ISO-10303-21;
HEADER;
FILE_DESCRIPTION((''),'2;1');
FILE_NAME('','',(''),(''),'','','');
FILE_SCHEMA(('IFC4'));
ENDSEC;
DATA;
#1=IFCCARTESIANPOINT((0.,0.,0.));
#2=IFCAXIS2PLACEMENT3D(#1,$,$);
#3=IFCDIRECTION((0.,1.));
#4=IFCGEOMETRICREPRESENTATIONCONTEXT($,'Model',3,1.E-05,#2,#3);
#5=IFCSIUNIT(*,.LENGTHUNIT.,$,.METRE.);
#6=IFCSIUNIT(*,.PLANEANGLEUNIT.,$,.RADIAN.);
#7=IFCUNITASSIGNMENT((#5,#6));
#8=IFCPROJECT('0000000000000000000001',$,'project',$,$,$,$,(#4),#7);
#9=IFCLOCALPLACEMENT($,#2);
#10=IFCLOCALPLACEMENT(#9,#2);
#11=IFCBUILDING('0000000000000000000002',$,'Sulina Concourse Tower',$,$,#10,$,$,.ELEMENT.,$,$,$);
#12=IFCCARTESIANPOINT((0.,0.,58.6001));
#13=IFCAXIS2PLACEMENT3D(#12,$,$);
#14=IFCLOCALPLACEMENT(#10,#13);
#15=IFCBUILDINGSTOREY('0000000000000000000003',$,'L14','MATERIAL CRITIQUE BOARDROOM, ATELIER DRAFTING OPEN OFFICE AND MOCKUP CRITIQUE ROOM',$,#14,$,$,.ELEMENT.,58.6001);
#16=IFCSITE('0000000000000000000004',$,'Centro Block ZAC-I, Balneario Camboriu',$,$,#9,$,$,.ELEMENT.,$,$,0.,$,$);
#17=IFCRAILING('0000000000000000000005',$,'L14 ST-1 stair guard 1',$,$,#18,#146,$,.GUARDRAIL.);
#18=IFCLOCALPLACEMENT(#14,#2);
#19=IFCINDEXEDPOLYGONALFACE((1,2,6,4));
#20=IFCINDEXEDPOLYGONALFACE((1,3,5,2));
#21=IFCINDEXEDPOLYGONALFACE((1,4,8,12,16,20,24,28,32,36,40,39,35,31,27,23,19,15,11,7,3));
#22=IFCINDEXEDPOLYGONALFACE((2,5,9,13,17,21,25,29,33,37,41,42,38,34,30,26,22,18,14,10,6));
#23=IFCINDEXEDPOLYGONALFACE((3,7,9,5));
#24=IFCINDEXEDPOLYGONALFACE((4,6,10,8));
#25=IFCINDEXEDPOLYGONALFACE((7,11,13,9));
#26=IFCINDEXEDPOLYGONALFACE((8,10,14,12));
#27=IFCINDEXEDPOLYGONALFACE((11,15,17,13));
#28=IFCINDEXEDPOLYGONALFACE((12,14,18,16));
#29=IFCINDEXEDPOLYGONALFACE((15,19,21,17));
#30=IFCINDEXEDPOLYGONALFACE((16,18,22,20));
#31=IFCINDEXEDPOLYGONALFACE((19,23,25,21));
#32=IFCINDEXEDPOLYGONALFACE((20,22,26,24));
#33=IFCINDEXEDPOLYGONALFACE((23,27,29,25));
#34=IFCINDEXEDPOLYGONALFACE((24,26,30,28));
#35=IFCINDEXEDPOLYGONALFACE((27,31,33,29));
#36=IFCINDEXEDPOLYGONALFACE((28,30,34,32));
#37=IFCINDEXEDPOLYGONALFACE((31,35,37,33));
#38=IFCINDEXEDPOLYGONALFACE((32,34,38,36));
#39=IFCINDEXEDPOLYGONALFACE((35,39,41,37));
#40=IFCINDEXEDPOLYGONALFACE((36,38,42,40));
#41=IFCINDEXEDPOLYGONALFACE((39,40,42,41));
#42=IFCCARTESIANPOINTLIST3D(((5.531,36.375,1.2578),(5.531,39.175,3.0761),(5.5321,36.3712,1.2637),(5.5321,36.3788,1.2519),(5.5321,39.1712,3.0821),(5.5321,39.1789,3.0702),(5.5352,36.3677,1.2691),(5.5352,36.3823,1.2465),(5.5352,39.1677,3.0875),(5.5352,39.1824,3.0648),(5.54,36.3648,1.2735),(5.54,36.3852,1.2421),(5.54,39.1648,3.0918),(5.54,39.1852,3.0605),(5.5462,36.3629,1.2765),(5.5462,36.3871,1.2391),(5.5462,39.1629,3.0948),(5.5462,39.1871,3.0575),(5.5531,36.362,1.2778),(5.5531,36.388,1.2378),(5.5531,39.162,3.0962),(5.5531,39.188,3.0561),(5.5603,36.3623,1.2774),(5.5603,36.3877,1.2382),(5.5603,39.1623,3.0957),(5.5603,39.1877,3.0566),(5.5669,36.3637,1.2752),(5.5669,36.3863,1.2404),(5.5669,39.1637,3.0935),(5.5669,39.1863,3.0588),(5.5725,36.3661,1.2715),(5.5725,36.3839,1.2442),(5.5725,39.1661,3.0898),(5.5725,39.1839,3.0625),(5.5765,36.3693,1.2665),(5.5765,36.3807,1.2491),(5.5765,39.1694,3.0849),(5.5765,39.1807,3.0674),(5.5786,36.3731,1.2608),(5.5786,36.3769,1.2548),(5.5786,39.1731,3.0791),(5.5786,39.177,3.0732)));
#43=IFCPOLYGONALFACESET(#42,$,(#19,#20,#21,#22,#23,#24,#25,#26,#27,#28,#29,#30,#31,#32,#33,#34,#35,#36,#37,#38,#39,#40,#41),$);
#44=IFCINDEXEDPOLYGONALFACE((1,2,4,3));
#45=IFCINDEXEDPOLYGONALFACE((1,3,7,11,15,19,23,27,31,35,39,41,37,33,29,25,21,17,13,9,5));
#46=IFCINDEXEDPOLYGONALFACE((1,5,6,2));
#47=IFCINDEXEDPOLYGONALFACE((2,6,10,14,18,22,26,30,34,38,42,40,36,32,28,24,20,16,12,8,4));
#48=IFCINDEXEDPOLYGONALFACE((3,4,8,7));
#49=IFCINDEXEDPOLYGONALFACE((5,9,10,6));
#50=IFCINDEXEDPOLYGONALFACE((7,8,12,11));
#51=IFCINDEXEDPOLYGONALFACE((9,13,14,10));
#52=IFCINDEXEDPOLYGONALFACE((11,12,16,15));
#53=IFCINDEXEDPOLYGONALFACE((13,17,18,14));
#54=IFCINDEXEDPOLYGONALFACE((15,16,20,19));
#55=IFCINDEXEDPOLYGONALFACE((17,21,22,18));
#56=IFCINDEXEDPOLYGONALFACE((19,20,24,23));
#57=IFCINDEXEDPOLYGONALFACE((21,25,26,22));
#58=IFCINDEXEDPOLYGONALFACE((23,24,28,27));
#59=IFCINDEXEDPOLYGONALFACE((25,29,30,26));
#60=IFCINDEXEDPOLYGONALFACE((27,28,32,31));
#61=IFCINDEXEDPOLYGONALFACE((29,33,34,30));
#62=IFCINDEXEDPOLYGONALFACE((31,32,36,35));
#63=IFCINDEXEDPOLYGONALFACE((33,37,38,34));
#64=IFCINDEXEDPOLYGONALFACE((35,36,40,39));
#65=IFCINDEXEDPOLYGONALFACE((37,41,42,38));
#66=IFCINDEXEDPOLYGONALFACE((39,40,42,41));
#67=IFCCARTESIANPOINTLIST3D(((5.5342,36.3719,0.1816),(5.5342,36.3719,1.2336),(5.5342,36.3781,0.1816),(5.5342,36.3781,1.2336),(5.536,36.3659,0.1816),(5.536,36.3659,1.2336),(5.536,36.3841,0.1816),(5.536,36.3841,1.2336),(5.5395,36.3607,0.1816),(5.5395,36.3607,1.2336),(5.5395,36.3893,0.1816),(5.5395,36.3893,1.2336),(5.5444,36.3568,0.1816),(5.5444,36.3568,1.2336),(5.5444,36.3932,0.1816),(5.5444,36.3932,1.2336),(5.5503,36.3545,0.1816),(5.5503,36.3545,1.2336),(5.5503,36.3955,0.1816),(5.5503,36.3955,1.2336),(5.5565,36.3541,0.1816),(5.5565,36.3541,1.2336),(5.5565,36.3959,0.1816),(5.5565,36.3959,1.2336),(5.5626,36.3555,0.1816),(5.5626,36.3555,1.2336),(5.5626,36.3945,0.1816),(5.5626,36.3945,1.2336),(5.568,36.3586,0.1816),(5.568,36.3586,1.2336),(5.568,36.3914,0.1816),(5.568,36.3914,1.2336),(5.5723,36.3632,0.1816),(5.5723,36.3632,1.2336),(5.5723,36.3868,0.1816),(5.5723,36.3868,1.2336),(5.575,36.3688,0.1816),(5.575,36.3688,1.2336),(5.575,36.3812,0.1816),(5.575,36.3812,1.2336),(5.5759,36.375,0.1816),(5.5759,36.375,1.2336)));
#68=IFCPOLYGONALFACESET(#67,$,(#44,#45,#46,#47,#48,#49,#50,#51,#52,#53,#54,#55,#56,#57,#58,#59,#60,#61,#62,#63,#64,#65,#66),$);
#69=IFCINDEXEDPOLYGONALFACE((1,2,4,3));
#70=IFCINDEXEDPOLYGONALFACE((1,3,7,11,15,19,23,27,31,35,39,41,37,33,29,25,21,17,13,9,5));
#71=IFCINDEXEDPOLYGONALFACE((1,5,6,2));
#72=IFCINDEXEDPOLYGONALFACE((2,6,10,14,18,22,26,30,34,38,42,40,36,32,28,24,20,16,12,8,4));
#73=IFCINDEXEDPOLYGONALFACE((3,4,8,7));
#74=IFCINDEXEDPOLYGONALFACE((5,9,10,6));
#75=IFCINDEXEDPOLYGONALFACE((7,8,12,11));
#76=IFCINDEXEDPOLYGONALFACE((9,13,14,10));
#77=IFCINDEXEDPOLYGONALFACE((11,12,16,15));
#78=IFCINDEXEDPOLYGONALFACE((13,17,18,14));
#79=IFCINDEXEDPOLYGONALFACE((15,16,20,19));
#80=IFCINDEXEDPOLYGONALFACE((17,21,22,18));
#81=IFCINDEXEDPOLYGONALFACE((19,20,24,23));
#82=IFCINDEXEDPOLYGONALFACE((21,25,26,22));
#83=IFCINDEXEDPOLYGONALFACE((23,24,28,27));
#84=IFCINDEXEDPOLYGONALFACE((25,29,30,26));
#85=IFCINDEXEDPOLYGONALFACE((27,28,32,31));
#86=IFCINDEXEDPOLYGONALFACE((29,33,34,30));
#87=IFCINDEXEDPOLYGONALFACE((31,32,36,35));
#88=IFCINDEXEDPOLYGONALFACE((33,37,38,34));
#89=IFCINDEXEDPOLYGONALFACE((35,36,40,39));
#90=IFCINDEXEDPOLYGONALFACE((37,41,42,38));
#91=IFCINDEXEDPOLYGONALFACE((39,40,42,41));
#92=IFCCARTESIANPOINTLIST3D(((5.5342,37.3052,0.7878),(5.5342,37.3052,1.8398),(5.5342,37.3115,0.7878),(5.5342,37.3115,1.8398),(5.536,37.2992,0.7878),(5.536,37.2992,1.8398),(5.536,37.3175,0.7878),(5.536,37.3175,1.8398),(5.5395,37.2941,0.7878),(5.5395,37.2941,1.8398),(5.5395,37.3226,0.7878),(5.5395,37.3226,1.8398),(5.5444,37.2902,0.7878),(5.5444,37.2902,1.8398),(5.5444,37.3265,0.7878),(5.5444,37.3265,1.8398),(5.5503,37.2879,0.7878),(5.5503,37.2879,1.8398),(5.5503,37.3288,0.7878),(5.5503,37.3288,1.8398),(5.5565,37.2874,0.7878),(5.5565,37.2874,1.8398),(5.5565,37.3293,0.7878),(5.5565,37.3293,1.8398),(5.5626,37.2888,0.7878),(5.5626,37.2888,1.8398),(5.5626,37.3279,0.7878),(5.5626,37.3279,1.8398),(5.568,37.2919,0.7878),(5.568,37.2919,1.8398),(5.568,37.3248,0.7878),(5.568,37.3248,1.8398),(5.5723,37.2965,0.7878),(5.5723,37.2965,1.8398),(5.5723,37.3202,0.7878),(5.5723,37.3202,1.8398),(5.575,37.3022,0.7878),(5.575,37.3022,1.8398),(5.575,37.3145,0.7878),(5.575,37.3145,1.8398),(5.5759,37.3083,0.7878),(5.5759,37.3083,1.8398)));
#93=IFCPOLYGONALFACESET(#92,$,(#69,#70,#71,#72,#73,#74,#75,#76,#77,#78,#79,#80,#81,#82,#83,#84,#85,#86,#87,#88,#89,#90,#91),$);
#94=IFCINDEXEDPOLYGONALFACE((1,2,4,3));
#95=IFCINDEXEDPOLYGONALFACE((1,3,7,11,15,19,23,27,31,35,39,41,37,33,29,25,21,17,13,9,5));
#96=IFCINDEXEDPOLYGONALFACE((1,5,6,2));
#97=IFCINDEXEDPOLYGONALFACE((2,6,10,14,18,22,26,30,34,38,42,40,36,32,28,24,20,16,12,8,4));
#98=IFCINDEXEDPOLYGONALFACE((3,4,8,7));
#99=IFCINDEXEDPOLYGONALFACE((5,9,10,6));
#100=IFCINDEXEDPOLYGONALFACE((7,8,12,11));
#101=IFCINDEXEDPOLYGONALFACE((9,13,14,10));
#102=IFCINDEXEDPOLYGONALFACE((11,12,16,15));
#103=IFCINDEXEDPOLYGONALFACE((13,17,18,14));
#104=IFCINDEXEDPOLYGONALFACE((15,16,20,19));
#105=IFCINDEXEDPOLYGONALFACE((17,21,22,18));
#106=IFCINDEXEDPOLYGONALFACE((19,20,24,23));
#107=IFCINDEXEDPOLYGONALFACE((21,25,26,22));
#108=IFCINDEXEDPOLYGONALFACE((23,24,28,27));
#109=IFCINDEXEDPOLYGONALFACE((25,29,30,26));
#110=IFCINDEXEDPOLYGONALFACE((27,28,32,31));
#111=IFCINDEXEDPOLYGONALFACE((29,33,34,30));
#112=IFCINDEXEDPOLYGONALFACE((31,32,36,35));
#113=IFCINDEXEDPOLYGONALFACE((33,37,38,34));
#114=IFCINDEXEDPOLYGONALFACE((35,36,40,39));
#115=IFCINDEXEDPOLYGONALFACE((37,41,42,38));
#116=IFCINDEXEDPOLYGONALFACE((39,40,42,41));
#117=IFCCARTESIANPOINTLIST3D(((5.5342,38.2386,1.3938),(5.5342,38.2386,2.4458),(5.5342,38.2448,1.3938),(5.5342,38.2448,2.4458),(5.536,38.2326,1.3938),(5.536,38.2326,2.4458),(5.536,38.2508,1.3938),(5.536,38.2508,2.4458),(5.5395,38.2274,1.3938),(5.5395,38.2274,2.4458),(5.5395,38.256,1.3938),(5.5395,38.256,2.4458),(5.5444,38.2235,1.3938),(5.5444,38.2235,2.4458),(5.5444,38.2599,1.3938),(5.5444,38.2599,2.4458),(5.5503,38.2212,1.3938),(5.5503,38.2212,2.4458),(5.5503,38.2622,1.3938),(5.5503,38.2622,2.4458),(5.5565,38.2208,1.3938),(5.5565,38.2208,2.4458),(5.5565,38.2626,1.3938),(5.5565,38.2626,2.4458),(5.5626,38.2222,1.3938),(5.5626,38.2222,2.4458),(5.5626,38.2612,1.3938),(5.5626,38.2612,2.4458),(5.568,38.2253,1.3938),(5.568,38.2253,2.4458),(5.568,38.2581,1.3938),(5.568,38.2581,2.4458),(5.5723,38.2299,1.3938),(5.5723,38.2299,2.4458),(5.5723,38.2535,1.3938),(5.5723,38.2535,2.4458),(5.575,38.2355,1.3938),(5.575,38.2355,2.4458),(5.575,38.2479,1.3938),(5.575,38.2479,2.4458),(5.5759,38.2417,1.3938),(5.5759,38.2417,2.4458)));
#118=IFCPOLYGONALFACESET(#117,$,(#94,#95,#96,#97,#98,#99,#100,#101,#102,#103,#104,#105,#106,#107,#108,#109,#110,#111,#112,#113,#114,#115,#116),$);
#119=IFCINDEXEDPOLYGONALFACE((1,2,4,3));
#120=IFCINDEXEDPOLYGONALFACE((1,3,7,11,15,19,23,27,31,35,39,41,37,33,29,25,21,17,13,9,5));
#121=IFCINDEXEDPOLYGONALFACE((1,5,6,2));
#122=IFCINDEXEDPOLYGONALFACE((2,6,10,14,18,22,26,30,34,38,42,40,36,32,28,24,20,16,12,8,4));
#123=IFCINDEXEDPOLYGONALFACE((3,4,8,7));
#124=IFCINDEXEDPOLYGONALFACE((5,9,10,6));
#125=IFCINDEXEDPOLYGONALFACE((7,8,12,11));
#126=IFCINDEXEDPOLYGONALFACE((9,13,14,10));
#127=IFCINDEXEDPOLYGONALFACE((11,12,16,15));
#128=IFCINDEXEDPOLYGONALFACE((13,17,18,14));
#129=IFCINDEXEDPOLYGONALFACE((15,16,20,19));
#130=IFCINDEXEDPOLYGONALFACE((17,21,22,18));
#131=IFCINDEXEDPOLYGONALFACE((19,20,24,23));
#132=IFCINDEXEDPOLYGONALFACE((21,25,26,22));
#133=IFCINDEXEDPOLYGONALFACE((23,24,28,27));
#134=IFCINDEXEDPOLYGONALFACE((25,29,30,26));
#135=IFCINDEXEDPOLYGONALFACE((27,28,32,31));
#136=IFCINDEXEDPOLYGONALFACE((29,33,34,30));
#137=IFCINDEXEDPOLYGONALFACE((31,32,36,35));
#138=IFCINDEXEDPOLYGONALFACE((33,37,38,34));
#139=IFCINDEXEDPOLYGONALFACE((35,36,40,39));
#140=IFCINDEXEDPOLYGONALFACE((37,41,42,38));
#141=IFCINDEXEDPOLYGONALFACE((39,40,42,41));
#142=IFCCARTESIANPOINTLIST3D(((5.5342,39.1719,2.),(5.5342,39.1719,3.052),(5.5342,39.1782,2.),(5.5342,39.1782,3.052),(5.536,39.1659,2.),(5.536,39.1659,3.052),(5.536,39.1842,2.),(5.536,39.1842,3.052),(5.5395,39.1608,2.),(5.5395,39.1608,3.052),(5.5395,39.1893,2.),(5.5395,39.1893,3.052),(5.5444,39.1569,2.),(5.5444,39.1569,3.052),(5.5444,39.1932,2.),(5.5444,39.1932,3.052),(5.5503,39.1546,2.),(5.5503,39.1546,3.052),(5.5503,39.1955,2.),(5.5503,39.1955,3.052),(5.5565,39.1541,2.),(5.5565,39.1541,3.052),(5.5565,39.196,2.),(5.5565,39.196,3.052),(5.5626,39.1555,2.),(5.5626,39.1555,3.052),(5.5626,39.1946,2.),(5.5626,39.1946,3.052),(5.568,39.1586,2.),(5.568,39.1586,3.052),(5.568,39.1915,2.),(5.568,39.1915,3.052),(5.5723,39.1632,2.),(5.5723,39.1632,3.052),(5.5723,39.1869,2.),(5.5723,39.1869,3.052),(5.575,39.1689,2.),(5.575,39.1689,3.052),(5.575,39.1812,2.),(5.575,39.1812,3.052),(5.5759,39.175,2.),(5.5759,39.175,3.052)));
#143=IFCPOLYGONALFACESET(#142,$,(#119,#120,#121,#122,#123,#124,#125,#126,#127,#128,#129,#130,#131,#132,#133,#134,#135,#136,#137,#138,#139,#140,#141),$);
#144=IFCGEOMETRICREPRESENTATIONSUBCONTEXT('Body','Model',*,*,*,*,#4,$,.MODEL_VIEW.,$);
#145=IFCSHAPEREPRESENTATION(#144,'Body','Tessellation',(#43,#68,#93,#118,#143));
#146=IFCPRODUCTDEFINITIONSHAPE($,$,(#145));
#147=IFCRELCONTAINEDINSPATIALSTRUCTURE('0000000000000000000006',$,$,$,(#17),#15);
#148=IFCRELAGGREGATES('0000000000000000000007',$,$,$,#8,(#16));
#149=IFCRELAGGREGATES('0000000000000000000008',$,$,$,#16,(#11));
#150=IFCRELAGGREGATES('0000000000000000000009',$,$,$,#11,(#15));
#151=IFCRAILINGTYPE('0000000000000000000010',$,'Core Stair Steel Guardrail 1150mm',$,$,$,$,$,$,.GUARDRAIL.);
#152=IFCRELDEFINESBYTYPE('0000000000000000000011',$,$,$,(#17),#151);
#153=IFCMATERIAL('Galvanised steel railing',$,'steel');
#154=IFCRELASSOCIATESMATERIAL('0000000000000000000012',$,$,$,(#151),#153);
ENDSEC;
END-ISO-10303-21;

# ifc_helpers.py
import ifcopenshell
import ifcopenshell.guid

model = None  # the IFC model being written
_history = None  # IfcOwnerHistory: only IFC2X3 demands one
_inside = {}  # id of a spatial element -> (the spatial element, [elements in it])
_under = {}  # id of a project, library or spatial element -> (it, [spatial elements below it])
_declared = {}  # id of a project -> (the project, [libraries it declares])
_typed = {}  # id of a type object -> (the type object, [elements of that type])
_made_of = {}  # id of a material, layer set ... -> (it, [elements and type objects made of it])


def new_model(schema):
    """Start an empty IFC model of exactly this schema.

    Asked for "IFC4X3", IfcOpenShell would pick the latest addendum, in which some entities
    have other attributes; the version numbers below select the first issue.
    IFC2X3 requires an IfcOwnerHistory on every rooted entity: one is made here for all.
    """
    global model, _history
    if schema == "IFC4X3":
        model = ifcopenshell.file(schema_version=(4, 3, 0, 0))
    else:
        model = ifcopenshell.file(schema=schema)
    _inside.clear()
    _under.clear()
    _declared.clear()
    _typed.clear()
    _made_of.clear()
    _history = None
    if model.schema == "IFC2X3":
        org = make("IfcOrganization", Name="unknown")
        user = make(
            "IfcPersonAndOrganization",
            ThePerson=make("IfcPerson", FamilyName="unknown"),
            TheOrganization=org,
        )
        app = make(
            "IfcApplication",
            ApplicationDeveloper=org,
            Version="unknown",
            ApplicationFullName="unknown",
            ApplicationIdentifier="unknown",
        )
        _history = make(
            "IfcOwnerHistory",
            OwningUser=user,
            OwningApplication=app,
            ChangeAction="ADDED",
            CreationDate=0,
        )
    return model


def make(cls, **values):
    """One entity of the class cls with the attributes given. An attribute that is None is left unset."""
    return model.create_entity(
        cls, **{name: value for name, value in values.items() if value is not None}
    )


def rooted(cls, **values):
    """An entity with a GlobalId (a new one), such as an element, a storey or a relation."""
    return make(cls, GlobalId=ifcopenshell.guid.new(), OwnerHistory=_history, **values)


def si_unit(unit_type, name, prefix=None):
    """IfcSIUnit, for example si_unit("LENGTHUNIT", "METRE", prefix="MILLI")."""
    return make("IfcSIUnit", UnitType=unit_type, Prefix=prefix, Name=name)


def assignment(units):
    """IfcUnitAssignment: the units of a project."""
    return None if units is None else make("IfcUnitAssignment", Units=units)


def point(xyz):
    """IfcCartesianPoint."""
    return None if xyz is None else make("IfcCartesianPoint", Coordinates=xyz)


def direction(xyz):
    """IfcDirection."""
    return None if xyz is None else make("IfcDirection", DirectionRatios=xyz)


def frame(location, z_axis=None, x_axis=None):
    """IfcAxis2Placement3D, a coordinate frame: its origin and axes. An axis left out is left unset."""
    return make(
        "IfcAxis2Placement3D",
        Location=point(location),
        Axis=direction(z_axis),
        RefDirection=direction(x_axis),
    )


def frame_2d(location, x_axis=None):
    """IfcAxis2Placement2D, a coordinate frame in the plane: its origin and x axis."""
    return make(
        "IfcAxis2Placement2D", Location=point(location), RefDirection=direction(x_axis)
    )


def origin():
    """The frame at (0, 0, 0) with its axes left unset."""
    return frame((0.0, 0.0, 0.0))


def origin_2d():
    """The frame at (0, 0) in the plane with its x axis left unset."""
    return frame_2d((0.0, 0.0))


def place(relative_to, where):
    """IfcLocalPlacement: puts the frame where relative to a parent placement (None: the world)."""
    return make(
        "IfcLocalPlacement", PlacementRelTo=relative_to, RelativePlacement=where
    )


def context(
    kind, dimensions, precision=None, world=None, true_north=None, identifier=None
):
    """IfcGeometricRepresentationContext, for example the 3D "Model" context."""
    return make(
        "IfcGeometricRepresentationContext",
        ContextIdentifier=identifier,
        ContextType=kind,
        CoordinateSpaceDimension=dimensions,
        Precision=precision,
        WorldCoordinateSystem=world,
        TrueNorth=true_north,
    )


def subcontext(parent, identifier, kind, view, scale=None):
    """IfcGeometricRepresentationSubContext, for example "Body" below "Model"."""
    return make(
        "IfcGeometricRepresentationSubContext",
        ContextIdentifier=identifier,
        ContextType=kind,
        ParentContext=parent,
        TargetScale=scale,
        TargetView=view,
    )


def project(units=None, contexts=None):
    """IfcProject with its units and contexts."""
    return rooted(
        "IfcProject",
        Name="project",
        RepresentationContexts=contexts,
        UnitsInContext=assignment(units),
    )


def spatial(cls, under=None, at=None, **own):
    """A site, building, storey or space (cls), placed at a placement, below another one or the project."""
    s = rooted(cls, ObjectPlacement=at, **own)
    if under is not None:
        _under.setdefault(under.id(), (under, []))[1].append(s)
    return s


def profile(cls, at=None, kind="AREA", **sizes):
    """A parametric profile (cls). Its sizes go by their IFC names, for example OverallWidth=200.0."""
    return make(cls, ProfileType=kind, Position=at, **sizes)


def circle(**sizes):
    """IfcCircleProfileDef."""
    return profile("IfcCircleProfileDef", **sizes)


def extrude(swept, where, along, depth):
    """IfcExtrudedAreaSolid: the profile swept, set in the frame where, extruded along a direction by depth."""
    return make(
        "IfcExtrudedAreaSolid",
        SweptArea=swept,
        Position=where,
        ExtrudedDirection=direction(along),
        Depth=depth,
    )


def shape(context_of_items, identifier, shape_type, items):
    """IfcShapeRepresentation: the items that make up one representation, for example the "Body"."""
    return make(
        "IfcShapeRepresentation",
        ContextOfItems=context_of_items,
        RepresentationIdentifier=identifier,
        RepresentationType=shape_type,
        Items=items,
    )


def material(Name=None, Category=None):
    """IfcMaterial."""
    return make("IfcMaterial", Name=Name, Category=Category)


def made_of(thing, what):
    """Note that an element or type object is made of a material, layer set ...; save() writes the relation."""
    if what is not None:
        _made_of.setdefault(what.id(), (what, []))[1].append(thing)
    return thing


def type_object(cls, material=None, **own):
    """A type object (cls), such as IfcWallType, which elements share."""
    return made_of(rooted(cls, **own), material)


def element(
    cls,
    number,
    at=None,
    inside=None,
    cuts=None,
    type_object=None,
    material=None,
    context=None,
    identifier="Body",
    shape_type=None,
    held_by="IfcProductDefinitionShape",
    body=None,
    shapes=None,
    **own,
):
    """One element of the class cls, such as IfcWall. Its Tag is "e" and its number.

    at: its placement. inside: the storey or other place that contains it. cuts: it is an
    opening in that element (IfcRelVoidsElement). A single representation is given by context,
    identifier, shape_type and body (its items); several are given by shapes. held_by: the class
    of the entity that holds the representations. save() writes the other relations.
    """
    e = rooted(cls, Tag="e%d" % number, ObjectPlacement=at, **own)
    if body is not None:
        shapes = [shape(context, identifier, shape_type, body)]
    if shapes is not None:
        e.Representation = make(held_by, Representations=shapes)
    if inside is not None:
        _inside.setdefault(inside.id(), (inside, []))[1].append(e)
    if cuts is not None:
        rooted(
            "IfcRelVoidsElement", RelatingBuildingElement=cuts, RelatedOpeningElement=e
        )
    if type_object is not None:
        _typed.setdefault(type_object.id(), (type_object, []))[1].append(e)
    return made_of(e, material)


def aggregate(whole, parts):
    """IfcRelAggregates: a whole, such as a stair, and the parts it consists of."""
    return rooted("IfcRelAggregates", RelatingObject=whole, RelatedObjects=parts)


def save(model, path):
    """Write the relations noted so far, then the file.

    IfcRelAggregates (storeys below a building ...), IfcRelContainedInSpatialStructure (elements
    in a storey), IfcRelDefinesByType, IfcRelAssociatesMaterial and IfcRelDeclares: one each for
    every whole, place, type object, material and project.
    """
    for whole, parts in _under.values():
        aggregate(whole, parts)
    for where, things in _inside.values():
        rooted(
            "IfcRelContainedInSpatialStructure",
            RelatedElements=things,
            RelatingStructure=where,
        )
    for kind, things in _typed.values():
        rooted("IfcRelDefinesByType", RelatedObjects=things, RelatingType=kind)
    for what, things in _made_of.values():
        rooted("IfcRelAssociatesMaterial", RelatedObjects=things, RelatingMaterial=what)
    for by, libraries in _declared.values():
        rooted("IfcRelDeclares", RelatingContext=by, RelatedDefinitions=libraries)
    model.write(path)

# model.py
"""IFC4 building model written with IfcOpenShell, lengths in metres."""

from ifc_helpers import new_model, si_unit, direction, frame, origin, origin_2d, place, context, subcontext, project, spatial, circle, extrude, material, type_object, element, save


model = new_model("IFC4")

# Units and contexts
model_context = context("Model", 3, precision=1e-05, world=origin(), true_north=direction((0.0, 1.0)))
body_context = subcontext(model_context, "Body", "Model", "MODEL_VIEW")
ifc_project = project(units=[si_unit("LENGTHUNIT", "METRE"), si_unit("PLANEANGLEUNIT", "RADIAN")], contexts=[model_context])

# Site, building, storey
site_placement = place(None, origin())
site = spatial("IfcSite", under=ifc_project, at=site_placement, Name="Centro Block ZAC-I, Balneario Camboriu", CompositionType="ELEMENT", RefElevation=0.0)
building_placement = place(site_placement, origin())
building = spatial("IfcBuilding", under=site, at=building_placement, Name="Sulina Concourse Tower", CompositionType="ELEMENT")
storey_placement = place(building_placement, frame((0.0, 0.0, 58.6001)))
storey = spatial("IfcBuildingStorey", under=building, at=storey_placement, Name="L14", Description="MATERIAL CRITIQUE BOARDROOM, ATELIER DRAFTING OPEN OFFICE AND MOCKUP CRITIQUE ROOM", CompositionType="ELEMENT", Elevation=58.6001)

# Railing
ifc_material_1 = material(Name="Galvanised steel railing", Category="steel")
railing_type_1 = type_object("IfcRailingType", Name="Core Stair Steel Guardrail 1150mm", PredefinedType="GUARDRAIL", material=ifc_material_1)
railing_1_placement = place(storey_placement, frame((5.5549, 36.375, 0.1816)))
element("IfcRailing", 1, at=railing_1_placement, inside=storey, type_object=railing_type_1, Name="L14 ST-1 stair guard 1", PredefinedType="GUARDRAIL", context=body_context, shape_type="SweptSolid", body=[
    extrude(circle(Radius=0.0239, at=origin_2d()), frame((0.0, 0.0, 1.0762), z_axis=(0.0, 0.838672, 0.544636), x_axis=(-1.0, 0.0, 0.0)), (0.0, 0.0, 1.0), 3.3386),
    extrude(circle(Radius=0.021, at=origin_2d()), origin(), (0.0, 0.0, 1.0), 1.052),
    extrude(circle(Radius=0.021, at=origin_2d()), frame((0.0, 0.9333, 0.6062)), (0.0, 0.0, 1.0), 1.052),
    extrude(circle(Radius=0.021, at=origin_2d()), frame((0.0, 1.8667, 1.2122)), (0.0, 0.0, 1.0), 1.052),
    extrude(circle(Radius=0.021, at=origin_2d()), frame((0.0, 2.8, 1.8184)), (0.0, 0.0, 1.0), 1.052),
])

save(model, "model.ifc")
